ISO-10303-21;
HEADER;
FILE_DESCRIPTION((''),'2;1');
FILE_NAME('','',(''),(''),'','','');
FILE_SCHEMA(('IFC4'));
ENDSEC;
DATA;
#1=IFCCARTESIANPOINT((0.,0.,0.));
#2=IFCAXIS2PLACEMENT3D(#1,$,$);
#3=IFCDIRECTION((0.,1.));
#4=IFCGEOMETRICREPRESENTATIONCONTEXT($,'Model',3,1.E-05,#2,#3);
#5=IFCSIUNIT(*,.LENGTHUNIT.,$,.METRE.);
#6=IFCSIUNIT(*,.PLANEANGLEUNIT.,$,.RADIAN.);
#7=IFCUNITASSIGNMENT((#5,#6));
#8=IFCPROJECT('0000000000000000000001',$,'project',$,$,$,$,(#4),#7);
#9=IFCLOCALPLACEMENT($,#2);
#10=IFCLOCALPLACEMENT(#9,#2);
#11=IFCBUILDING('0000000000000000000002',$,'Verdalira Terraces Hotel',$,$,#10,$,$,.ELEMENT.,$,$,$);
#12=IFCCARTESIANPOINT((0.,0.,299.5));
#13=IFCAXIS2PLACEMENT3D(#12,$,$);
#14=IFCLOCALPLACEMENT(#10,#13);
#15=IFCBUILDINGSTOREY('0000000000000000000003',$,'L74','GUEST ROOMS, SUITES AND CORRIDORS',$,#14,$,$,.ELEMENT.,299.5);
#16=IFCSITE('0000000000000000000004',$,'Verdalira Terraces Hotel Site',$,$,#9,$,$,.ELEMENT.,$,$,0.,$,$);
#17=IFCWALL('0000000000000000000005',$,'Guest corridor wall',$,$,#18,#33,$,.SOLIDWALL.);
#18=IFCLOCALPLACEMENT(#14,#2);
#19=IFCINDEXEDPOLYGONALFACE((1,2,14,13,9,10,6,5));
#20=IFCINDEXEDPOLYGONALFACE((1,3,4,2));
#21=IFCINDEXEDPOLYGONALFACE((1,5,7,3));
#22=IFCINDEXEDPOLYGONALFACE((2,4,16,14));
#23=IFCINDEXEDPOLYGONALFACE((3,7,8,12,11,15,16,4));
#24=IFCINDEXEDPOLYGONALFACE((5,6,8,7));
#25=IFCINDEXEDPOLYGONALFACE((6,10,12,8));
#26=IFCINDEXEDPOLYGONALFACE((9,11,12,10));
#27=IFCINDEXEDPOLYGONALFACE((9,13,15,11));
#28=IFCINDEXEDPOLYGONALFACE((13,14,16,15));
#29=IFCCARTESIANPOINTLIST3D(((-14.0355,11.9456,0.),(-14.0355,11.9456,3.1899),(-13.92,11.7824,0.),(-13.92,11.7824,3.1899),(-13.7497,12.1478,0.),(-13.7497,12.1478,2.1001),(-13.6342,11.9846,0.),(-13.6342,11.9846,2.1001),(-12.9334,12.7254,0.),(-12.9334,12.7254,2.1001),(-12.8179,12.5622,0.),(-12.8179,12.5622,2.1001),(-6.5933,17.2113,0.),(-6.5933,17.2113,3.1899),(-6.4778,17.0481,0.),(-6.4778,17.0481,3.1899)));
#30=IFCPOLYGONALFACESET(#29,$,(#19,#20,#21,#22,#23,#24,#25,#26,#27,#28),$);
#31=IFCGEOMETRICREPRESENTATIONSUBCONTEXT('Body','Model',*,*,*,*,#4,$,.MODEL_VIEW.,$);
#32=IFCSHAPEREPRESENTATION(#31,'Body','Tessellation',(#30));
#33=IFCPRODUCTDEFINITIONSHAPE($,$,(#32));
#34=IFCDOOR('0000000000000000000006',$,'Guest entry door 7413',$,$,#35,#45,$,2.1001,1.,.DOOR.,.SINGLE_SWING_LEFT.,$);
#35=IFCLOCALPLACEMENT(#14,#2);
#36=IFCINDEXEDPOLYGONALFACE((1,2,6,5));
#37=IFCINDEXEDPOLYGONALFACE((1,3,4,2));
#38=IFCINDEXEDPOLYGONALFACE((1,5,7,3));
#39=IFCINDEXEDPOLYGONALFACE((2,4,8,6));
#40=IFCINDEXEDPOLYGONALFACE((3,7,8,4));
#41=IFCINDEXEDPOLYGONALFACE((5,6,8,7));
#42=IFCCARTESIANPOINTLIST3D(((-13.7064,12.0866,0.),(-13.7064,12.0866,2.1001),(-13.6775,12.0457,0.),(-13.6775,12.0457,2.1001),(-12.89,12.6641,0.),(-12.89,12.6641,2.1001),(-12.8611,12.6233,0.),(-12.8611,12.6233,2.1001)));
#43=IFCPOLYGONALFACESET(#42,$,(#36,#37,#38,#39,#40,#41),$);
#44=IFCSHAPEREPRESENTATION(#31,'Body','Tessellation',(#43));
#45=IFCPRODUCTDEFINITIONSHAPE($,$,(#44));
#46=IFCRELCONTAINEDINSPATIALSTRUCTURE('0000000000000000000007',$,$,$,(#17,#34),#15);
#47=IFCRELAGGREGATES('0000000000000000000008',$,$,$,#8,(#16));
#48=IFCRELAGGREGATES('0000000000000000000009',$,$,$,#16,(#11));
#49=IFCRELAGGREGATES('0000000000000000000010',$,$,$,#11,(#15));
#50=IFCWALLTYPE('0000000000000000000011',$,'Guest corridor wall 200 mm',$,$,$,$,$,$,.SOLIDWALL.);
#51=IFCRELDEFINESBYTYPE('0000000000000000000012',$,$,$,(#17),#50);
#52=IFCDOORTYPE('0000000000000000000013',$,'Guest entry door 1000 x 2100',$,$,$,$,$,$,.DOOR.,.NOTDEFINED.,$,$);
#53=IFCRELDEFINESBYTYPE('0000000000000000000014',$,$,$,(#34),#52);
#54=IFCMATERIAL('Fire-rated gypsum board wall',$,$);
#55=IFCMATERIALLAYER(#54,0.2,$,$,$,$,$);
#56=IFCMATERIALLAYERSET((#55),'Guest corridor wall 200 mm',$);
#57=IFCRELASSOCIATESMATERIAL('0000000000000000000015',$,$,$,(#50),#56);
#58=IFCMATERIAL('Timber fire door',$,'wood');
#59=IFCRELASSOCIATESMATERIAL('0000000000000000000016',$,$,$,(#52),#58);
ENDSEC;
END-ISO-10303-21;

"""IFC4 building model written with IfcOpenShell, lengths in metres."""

from ifc_helpers import new_model, si_unit, direction, frame, frame_2d, origin, place, context, subcontext, project, spatial, rectangle, extrude, material, layer, layer_set, type_object, element, fill, save


model = new_model("IFC4")

# Units and contexts
model_context = context("Model", 3, precision=1e-05, world=origin(), true_north=direction((0.0, 1.0)))
body_context = subcontext(model_context, "Body", "Model", "MODEL_VIEW")
ifc_project = project(units=[si_unit("LENGTHUNIT", "METRE"), si_unit("PLANEANGLEUNIT", "RADIAN")], contexts=[model_context])

# Site, building, storey
site_placement = place(None, origin())
site = spatial("IfcSite", under=ifc_project, at=site_placement, Name="Verdalira Terraces Hotel Site", CompositionType="ELEMENT", RefElevation=0.0)
building_placement = place(site_placement, origin())
building = spatial("IfcBuilding", under=site, at=building_placement, Name="Verdalira Terraces Hotel", CompositionType="ELEMENT")
storey_placement = place(building_placement, frame((0.0, 0.0, 299.5)))
storey = spatial("IfcBuildingStorey", under=building, at=storey_placement, Name="L74", Description="GUEST ROOMS, SUITES AND CORRIDORS", CompositionType="ELEMENT", Elevation=299.5)

# Wall, opening, door
ifc_material_1 = material(Name="Fire-rated gypsum board wall")
ifc_layer_1 = layer(ifc_material_1, 0.2)
ifc_layer_set_1 = layer_set([ifc_layer_1], Name="Guest corridor wall 200 mm")
wall_type_1 = type_object("IfcWallType", Name="Guest corridor wall 200 mm", PredefinedType="SOLIDWALL", material=ifc_layer_set_1)
wall_1_placement = place(storey_placement, frame((-13.9778, 11.864, 0.0), z_axis=(0.0, 0.0, 1.0), x_axis=(0.816329, 0.577587, 0.0)))
wall_1 = element("IfcWall", 1, at=wall_1_placement, inside=storey, type_object=wall_type_1, Name="Guest corridor wall", PredefinedType="SOLIDWALL", context=body_context, shape_type="SweptSolid", body=[
    extrude(rectangle(XDim=9.1167, YDim=0.2, at=frame_2d((4.5583, 0.0))), origin(), (0.0, 0.0, 1.0), 3.1899),
])
opening_1_placement = place(wall_1_placement, frame((0.3501, 0.0, 0.0)))
opening_1 = element("IfcOpeningElement", 2, at=opening_1_placement, cuts=wall_1, PredefinedType="OPENING", context=body_context, shape_type="SweptSolid", body=[
    extrude(rectangle(XDim=1.0, YDim=2.1001, at=frame_2d((0.5, 1.05))), frame((0.0, 0.1099, 0.0), z_axis=(0.0, -1.0, 0.0), x_axis=(1.0, 0.0, 0.0)), (0.0, 0.0, 1.0), 0.22),
])
ifc_material_2 = material(Name="Timber fire door", Category="wood")
door_type_1 = type_object("IfcDoorType", Name="Guest entry door 1000 x 2100", OperationType="NOTDEFINED", PredefinedType="DOOR", material=ifc_material_2)
door_1_placement = place(opening_1_placement, origin())
door_1 = element("IfcDoor", 3, at=door_1_placement, inside=storey, type_object=door_type_1, Name="Guest entry door 7413", OperationType="SINGLE_SWING_LEFT", OverallHeight=2.1001, OverallWidth=1.0, PredefinedType="DOOR", context=body_context, shape_type="SweptSolid", body=[
    extrude(rectangle(XDim=1.0, YDim=2.1001, at=frame_2d((0.5, 1.05))), frame((0.0, 0.0249, 0.0), z_axis=(0.0, -1.0, 0.0), x_axis=(1.0, 0.0, 0.0)), (0.0, 0.0, 1.0), 0.05),
])
fill(opening_1, door_1)

save(model, "model.ifc")
